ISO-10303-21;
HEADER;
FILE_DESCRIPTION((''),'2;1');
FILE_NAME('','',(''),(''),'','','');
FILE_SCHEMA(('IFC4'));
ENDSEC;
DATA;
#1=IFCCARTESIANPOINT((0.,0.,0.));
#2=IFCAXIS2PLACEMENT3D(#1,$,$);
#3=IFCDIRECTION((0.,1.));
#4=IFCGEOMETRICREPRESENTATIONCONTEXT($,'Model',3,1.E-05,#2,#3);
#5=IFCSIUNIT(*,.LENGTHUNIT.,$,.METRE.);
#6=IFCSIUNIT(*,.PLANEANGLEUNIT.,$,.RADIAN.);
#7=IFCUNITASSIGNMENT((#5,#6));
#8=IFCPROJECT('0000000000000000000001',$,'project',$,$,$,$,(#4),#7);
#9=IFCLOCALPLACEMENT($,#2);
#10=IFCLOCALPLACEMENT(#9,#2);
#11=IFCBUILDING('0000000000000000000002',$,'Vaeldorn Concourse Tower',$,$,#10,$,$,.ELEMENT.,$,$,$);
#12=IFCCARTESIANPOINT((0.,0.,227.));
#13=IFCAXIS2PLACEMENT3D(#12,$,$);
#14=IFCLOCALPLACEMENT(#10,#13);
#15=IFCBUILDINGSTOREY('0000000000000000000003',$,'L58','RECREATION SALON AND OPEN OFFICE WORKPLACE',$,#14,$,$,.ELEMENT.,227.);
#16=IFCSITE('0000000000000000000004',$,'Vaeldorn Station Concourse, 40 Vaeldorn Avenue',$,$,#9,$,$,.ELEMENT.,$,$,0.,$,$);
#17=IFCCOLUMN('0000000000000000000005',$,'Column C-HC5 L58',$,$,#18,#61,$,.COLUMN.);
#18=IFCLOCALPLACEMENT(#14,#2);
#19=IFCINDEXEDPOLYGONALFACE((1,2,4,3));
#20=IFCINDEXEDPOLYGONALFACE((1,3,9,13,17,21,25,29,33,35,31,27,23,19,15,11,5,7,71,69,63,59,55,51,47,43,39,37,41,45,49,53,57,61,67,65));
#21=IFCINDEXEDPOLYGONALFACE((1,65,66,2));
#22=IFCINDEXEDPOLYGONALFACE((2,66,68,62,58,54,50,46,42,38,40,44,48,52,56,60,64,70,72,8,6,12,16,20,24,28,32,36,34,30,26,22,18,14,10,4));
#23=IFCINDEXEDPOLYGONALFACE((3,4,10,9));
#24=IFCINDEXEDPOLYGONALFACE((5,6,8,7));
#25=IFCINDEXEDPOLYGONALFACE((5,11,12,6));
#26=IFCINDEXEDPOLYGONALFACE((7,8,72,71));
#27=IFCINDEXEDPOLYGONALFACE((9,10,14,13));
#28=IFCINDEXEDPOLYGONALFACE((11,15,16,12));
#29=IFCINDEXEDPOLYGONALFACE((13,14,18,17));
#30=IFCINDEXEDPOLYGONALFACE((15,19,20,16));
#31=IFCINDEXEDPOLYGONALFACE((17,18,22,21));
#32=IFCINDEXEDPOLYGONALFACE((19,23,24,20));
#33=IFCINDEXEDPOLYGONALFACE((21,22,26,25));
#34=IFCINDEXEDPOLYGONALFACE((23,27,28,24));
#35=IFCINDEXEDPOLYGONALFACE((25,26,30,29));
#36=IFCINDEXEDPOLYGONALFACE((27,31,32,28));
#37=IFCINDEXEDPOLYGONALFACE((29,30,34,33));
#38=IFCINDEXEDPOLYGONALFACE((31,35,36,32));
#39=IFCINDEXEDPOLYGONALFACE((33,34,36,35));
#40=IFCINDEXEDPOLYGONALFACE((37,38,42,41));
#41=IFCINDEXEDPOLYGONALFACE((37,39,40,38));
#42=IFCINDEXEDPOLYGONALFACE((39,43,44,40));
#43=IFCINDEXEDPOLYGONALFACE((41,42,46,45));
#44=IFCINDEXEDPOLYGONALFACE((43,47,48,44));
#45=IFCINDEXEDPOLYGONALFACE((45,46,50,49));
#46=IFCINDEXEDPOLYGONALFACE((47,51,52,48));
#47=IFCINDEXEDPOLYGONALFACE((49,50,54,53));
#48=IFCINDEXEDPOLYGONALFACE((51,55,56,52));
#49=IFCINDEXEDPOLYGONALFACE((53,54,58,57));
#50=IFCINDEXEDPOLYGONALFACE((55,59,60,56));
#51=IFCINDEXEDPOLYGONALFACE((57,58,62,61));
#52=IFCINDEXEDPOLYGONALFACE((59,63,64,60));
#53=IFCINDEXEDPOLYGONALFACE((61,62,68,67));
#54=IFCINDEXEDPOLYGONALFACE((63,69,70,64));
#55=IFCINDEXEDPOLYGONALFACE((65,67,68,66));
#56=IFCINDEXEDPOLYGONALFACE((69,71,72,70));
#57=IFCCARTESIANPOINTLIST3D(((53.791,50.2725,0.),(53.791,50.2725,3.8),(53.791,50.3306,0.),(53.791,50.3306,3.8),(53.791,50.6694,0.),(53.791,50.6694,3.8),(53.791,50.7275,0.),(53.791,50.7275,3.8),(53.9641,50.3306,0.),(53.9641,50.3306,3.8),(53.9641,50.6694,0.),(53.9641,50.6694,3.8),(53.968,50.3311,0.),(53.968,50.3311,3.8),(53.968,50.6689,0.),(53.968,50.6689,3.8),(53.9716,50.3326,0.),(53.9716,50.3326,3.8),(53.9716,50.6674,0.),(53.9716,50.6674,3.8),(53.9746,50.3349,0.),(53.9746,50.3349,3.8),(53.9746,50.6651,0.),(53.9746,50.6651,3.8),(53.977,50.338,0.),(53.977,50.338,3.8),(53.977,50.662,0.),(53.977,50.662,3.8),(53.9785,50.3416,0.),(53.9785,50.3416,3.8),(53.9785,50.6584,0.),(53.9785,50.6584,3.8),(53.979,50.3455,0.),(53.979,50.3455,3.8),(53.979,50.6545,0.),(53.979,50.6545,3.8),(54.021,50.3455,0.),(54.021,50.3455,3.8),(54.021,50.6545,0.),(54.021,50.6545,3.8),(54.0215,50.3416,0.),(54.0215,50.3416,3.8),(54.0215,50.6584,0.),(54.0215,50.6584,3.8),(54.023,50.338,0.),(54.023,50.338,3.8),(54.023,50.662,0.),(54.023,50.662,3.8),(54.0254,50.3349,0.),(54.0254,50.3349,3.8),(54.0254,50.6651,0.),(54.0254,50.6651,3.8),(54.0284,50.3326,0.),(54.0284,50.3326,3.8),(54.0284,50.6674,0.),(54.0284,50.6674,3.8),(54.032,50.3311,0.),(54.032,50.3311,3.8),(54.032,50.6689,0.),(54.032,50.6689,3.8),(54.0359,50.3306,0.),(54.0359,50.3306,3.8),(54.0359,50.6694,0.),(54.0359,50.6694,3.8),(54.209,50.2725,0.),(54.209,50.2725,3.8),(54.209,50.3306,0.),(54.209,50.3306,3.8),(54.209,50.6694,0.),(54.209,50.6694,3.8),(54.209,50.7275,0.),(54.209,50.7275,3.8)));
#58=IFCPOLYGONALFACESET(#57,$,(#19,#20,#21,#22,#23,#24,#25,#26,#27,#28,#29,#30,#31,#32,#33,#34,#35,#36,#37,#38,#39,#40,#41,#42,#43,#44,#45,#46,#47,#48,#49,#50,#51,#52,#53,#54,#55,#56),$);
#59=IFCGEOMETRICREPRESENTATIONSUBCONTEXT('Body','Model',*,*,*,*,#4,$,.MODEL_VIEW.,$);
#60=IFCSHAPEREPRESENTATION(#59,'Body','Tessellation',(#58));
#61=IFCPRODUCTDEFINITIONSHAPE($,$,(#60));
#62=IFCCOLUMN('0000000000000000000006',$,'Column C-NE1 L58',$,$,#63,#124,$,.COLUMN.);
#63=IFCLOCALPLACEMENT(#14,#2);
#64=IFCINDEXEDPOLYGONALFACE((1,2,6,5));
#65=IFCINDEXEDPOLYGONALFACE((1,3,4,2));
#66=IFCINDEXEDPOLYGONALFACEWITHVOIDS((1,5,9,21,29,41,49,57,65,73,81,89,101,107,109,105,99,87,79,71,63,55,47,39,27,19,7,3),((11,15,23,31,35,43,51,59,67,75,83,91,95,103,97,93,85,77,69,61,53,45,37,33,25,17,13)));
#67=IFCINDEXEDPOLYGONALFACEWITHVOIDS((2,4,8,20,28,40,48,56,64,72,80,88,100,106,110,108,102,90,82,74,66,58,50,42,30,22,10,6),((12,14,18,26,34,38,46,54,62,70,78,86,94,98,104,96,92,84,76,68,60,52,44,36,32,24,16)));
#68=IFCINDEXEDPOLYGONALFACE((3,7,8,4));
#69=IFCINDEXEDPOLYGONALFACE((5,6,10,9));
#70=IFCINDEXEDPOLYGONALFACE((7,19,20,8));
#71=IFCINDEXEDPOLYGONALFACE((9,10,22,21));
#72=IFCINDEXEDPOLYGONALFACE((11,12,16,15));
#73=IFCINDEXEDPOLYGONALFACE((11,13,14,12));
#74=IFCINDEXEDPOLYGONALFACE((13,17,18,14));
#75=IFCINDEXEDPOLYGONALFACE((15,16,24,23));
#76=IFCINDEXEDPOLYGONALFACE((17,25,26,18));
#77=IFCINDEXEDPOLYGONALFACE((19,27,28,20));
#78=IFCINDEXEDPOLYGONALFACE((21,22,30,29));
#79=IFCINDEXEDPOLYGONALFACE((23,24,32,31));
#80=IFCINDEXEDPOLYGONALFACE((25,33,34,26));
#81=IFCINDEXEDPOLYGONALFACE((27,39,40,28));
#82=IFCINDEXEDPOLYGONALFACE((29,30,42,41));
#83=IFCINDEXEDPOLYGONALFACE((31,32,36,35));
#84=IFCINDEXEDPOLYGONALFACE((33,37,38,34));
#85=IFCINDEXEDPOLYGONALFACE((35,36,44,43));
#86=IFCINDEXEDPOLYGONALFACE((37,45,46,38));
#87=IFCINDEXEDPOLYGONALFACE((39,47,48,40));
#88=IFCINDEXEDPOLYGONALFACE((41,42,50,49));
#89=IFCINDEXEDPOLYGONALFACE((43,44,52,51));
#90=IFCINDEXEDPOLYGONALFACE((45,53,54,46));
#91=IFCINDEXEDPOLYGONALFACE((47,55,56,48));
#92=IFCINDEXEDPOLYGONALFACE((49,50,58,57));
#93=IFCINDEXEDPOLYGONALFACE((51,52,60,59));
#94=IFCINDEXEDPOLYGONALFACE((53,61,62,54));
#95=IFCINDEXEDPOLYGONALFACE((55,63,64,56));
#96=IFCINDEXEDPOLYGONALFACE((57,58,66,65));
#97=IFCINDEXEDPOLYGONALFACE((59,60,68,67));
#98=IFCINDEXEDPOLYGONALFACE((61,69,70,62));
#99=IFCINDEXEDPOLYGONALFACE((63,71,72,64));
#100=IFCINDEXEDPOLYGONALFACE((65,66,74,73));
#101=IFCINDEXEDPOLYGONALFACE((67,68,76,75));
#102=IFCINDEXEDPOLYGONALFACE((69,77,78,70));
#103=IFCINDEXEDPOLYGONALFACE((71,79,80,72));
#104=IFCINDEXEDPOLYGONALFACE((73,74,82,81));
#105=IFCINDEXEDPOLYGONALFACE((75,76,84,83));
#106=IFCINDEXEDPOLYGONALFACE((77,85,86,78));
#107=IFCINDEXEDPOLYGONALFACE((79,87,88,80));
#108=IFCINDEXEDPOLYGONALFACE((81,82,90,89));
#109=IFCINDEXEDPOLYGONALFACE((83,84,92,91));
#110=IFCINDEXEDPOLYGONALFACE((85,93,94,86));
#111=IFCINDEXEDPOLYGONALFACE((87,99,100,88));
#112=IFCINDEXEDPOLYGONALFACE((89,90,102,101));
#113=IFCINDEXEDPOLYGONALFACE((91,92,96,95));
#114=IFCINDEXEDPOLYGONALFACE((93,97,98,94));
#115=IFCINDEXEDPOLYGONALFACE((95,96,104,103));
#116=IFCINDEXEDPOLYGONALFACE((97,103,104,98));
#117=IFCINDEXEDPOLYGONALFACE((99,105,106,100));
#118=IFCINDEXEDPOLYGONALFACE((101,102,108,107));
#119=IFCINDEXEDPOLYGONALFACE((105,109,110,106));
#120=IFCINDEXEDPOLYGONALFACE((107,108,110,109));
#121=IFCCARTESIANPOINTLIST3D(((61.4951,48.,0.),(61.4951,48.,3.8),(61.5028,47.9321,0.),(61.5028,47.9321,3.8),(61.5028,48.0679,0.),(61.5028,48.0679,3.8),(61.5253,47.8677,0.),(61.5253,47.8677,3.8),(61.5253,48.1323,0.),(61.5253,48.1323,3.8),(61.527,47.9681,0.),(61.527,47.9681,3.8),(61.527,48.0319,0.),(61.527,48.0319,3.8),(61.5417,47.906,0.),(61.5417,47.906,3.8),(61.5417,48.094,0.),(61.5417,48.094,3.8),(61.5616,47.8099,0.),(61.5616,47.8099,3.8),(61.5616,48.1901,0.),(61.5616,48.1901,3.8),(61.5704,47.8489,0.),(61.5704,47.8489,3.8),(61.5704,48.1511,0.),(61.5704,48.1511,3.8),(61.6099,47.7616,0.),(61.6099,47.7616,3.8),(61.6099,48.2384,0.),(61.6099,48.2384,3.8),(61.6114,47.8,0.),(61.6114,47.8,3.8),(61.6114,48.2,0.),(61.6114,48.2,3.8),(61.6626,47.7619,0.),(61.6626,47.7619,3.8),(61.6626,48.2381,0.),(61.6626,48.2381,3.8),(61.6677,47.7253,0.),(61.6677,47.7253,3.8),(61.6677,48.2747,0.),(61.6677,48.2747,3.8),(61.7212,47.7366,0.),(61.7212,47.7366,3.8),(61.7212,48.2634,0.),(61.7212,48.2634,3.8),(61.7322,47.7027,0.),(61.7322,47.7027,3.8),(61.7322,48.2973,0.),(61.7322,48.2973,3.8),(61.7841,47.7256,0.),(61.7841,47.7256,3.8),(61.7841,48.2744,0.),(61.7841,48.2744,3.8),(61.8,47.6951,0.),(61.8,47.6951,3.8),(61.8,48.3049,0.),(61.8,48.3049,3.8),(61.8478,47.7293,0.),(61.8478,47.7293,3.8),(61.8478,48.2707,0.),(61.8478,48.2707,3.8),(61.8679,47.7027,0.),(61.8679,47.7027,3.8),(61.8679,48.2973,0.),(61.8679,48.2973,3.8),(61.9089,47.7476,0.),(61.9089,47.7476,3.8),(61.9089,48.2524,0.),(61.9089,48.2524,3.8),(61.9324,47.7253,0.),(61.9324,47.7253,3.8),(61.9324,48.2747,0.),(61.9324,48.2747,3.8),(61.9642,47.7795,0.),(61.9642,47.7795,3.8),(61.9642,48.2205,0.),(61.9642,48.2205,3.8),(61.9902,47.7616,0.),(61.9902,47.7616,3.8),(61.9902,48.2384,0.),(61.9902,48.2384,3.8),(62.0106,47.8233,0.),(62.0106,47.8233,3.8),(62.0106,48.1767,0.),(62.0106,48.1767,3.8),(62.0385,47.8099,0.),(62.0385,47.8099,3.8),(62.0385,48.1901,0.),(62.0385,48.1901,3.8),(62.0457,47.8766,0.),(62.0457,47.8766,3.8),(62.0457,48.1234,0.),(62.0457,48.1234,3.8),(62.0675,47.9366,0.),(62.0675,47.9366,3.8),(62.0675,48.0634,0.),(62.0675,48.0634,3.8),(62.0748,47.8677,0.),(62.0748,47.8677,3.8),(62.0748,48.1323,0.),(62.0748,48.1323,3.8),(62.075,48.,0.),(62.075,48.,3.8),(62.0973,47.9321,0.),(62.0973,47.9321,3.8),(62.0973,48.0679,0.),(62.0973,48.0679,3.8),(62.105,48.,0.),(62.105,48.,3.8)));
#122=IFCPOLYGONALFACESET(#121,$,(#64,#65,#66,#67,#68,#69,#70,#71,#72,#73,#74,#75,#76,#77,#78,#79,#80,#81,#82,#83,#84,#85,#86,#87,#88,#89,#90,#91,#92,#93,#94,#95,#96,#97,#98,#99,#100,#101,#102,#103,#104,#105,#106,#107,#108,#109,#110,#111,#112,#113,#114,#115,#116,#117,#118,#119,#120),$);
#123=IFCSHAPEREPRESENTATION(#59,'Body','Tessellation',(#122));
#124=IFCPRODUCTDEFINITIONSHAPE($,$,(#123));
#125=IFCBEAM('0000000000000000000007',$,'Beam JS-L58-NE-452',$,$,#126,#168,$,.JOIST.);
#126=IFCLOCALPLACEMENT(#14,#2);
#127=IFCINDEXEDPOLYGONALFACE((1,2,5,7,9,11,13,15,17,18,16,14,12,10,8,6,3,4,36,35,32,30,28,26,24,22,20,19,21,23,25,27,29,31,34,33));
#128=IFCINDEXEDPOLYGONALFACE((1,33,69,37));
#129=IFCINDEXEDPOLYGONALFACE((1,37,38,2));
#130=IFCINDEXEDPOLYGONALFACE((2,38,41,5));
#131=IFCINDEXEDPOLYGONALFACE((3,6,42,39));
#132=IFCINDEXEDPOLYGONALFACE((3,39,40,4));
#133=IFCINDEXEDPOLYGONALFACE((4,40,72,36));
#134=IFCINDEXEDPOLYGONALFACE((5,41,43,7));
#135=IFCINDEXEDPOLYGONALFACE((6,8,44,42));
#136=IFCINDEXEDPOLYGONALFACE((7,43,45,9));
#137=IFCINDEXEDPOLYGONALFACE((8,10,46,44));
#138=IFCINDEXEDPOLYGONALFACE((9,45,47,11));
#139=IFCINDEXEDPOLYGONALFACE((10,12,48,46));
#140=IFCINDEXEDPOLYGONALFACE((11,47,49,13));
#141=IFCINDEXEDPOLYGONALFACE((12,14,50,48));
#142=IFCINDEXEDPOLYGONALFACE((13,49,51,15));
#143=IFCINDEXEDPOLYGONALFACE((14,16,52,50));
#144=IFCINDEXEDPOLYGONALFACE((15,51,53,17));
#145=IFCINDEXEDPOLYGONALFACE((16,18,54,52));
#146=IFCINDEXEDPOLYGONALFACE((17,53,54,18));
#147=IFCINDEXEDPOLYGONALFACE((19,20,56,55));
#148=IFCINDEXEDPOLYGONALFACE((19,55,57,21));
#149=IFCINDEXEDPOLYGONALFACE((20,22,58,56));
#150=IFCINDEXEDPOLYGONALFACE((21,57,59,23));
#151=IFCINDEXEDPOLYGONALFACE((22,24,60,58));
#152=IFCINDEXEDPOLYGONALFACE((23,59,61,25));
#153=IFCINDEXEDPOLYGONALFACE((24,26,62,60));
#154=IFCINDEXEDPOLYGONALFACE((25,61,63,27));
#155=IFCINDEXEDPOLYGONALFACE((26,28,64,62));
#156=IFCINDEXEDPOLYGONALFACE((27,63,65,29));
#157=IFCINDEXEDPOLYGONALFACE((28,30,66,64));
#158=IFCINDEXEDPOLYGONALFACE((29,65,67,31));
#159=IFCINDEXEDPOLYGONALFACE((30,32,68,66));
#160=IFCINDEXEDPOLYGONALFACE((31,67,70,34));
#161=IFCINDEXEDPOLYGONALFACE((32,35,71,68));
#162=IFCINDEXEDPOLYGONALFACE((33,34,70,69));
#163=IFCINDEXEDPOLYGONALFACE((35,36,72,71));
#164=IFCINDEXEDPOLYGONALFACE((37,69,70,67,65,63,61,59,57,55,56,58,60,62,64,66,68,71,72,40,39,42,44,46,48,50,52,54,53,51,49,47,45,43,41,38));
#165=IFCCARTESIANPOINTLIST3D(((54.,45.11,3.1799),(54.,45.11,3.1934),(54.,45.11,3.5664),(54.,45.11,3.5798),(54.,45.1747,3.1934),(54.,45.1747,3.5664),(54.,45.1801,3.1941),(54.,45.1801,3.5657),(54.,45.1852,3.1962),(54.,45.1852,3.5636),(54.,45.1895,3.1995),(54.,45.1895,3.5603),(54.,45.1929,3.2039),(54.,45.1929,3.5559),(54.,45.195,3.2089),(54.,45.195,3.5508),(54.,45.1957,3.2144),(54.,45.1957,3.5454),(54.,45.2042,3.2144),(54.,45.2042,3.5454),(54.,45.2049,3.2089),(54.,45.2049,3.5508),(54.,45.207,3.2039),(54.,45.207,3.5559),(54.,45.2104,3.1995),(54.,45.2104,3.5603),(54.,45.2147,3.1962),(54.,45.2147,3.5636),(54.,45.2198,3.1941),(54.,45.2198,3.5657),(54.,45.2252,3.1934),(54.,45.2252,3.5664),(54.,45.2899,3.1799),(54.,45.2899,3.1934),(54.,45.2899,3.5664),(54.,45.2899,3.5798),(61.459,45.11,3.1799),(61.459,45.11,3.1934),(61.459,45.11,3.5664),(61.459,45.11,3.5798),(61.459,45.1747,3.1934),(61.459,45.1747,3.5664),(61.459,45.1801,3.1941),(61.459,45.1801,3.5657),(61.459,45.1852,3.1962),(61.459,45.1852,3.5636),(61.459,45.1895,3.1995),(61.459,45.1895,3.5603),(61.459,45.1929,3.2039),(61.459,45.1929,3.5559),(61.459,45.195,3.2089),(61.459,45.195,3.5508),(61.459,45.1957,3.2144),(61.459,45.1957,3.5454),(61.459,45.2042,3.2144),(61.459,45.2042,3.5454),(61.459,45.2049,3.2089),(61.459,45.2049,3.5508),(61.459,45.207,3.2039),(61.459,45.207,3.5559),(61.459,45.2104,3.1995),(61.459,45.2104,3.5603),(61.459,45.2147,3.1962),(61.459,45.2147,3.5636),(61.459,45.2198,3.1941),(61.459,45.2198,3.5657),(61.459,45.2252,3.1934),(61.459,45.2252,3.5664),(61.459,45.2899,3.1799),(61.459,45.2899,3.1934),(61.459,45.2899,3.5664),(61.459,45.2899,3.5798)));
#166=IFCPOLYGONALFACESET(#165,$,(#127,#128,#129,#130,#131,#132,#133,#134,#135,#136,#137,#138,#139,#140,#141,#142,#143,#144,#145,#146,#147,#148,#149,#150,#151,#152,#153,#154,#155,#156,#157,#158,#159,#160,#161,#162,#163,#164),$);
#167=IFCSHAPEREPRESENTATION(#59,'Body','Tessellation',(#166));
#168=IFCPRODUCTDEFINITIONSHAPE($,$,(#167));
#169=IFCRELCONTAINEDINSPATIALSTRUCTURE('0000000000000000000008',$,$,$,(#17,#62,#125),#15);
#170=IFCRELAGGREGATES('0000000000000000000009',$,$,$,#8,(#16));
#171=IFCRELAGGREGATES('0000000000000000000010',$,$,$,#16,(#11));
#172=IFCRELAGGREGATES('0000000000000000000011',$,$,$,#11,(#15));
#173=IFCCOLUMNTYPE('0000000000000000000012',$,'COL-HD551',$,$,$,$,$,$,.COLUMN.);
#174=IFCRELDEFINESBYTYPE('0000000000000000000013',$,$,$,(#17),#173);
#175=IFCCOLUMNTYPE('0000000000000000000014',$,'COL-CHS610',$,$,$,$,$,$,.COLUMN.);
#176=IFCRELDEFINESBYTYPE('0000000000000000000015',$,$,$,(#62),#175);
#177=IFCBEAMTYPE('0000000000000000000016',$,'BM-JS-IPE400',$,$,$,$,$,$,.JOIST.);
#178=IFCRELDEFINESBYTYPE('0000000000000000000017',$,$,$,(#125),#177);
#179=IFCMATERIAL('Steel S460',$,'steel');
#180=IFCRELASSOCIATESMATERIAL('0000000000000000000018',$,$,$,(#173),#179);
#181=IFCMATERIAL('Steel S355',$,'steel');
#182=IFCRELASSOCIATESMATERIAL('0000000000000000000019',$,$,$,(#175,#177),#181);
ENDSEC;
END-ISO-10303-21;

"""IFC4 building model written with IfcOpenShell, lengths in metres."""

from ifc_helpers import new_model, si_unit, direction, frame, origin, origin_2d, place, context, subcontext, project, spatial, hollow_circle, i_section, extrude, source, transform, mapped, material, material_profile, profile_set, type_object, element, save


model = new_model("IFC4")

# Units and contexts
model_context = context("Model", 3, precision=1e-05, world=origin(), true_north=direction((0.0, 1.0)))
body_context = subcontext(model_context, "Body", "Model", "MODEL_VIEW")
ifc_project = project(units=[si_unit("LENGTHUNIT", "METRE"), si_unit("PLANEANGLEUNIT", "RADIAN")], contexts=[model_context])

# Site, building, storey
site_placement = place(None, origin())
site = spatial("IfcSite", under=ifc_project, at=site_placement, Name="Vaeldorn Station Concourse, 40 Vaeldorn Avenue", CompositionType="ELEMENT", RefElevation=0.0)
building_placement = place(site_placement, origin())
building = spatial("IfcBuilding", under=site, at=building_placement, Name="Vaeldorn Concourse Tower", CompositionType="ELEMENT")
storey_placement = place(building_placement, frame((0.0, 0.0, 227.0)))
storey = spatial("IfcBuildingStorey", under=building, at=storey_placement, Name="L58", Description="RECREATION SALON AND OPEN OFFICE WORKPLACE", CompositionType="ELEMENT", Elevation=227.0)

# Columns
ifc_material_1 = material(Name="Steel S460", Category="steel")
ifc_material_profile_1 = material_profile(ifc_material_1, i_section(OverallWidth=0.418, OverallDepth=0.4551, WebThickness=0.042, FlangeThickness=0.0581, FilletRadius=0.0149, at=origin_2d()), Name="HD 400x551")
ifc_profile_set_1 = profile_set([ifc_material_profile_1], Name="Steel S460")
column_type_1 = type_object("IfcColumnType", Name="COL-HD551", PredefinedType="COLUMN", material=ifc_profile_set_1)
shared_shape_1 = source(origin(), body_context, "Body", "SweptSolid", [
    extrude(i_section(OverallWidth=0.418, OverallDepth=0.4551, WebThickness=0.042, FlangeThickness=0.0581, FilletRadius=0.0149, at=origin_2d()), origin(), (0.0, 0.0, 1.0), 3.8),
])
column_1_placement = place(storey_placement, frame((54.0, 50.5, 0.0), z_axis=(0.0, 0.0, 1.0), x_axis=(1.0, 0.0, 0.0)))
element("IfcColumn", 1, at=column_1_placement, inside=storey, type_object=column_type_1, Name="Column C-HC5 L58", PredefinedType="COLUMN", context=body_context, shape_type="MappedRepresentation", body=[
    mapped(shared_shape_1, transform((0.0, 0.0, 0.0), scale=1.0)),
])
ifc_material_2 = material(Name="Steel S355", Category="steel")
ifc_material_profile_2 = material_profile(ifc_material_2, hollow_circle(Radius=0.3049, WallThickness=0.03, at=origin_2d()), Name="CHS 610x30")
ifc_profile_set_2 = profile_set([ifc_material_profile_2], Name="Steel S355")
column_type_2 = type_object("IfcColumnType", Name="COL-CHS610", PredefinedType="COLUMN", material=ifc_profile_set_2)
shared_shape_2 = source(origin(), body_context, "Body", "SweptSolid", [
    extrude(hollow_circle(Radius=0.3049, WallThickness=0.03, at=origin_2d()), origin(), (0.0, 0.0, 1.0), 3.8),
])
column_2_placement = place(storey_placement, frame((61.8, 48.0, 0.0), z_axis=(0.0, 0.0, 1.0), x_axis=(1.0, 0.0, 0.0)))
element("IfcColumn", 2, at=column_2_placement, inside=storey, type_object=column_type_2, Name="Column C-NE1 L58", PredefinedType="COLUMN", context=body_context, shape_type="MappedRepresentation", body=[
    mapped(shared_shape_2, transform((0.0, 0.0, 0.0), scale=1.0)),
])

# Beam
ifc_material_profile_3 = material_profile(ifc_material_2, i_section(OverallWidth=0.1799, OverallDepth=0.3999, WebThickness=0.0085, FlangeThickness=0.0134, FilletRadius=0.021, at=origin_2d()), Name="IPE 400")
ifc_profile_set_3 = profile_set([ifc_material_profile_3], Name="Steel S355")
beam_type_1 = type_object("IfcBeamType", Name="BM-JS-IPE400", PredefinedType="JOIST", material=ifc_profile_set_3)
shared_shape_3 = source(origin(), body_context, "Body", "SweptSolid", [
    extrude(i_section(OverallWidth=0.1799, OverallDepth=0.3999, WebThickness=0.0085, FlangeThickness=0.0134, FilletRadius=0.021, at=origin_2d()), origin(), (0.0, 0.0, 1.0), 7.459),
])
beam_1_placement = place(storey_placement, frame((54.0, 45.2, 3.3799), z_axis=(1.0, 0.0, 0.0), x_axis=(0.0, 1.0, 0.0)))
element("IfcBeam", 3, at=beam_1_placement, inside=storey, type_object=beam_type_1, Name="Beam JS-L58-NE-452", PredefinedType="JOIST", context=body_context, shape_type="MappedRepresentation", body=[
    mapped(shared_shape_3, transform((0.0, 0.0, 0.0), scale=1.0)),
])

save(model, "model.ifc")
